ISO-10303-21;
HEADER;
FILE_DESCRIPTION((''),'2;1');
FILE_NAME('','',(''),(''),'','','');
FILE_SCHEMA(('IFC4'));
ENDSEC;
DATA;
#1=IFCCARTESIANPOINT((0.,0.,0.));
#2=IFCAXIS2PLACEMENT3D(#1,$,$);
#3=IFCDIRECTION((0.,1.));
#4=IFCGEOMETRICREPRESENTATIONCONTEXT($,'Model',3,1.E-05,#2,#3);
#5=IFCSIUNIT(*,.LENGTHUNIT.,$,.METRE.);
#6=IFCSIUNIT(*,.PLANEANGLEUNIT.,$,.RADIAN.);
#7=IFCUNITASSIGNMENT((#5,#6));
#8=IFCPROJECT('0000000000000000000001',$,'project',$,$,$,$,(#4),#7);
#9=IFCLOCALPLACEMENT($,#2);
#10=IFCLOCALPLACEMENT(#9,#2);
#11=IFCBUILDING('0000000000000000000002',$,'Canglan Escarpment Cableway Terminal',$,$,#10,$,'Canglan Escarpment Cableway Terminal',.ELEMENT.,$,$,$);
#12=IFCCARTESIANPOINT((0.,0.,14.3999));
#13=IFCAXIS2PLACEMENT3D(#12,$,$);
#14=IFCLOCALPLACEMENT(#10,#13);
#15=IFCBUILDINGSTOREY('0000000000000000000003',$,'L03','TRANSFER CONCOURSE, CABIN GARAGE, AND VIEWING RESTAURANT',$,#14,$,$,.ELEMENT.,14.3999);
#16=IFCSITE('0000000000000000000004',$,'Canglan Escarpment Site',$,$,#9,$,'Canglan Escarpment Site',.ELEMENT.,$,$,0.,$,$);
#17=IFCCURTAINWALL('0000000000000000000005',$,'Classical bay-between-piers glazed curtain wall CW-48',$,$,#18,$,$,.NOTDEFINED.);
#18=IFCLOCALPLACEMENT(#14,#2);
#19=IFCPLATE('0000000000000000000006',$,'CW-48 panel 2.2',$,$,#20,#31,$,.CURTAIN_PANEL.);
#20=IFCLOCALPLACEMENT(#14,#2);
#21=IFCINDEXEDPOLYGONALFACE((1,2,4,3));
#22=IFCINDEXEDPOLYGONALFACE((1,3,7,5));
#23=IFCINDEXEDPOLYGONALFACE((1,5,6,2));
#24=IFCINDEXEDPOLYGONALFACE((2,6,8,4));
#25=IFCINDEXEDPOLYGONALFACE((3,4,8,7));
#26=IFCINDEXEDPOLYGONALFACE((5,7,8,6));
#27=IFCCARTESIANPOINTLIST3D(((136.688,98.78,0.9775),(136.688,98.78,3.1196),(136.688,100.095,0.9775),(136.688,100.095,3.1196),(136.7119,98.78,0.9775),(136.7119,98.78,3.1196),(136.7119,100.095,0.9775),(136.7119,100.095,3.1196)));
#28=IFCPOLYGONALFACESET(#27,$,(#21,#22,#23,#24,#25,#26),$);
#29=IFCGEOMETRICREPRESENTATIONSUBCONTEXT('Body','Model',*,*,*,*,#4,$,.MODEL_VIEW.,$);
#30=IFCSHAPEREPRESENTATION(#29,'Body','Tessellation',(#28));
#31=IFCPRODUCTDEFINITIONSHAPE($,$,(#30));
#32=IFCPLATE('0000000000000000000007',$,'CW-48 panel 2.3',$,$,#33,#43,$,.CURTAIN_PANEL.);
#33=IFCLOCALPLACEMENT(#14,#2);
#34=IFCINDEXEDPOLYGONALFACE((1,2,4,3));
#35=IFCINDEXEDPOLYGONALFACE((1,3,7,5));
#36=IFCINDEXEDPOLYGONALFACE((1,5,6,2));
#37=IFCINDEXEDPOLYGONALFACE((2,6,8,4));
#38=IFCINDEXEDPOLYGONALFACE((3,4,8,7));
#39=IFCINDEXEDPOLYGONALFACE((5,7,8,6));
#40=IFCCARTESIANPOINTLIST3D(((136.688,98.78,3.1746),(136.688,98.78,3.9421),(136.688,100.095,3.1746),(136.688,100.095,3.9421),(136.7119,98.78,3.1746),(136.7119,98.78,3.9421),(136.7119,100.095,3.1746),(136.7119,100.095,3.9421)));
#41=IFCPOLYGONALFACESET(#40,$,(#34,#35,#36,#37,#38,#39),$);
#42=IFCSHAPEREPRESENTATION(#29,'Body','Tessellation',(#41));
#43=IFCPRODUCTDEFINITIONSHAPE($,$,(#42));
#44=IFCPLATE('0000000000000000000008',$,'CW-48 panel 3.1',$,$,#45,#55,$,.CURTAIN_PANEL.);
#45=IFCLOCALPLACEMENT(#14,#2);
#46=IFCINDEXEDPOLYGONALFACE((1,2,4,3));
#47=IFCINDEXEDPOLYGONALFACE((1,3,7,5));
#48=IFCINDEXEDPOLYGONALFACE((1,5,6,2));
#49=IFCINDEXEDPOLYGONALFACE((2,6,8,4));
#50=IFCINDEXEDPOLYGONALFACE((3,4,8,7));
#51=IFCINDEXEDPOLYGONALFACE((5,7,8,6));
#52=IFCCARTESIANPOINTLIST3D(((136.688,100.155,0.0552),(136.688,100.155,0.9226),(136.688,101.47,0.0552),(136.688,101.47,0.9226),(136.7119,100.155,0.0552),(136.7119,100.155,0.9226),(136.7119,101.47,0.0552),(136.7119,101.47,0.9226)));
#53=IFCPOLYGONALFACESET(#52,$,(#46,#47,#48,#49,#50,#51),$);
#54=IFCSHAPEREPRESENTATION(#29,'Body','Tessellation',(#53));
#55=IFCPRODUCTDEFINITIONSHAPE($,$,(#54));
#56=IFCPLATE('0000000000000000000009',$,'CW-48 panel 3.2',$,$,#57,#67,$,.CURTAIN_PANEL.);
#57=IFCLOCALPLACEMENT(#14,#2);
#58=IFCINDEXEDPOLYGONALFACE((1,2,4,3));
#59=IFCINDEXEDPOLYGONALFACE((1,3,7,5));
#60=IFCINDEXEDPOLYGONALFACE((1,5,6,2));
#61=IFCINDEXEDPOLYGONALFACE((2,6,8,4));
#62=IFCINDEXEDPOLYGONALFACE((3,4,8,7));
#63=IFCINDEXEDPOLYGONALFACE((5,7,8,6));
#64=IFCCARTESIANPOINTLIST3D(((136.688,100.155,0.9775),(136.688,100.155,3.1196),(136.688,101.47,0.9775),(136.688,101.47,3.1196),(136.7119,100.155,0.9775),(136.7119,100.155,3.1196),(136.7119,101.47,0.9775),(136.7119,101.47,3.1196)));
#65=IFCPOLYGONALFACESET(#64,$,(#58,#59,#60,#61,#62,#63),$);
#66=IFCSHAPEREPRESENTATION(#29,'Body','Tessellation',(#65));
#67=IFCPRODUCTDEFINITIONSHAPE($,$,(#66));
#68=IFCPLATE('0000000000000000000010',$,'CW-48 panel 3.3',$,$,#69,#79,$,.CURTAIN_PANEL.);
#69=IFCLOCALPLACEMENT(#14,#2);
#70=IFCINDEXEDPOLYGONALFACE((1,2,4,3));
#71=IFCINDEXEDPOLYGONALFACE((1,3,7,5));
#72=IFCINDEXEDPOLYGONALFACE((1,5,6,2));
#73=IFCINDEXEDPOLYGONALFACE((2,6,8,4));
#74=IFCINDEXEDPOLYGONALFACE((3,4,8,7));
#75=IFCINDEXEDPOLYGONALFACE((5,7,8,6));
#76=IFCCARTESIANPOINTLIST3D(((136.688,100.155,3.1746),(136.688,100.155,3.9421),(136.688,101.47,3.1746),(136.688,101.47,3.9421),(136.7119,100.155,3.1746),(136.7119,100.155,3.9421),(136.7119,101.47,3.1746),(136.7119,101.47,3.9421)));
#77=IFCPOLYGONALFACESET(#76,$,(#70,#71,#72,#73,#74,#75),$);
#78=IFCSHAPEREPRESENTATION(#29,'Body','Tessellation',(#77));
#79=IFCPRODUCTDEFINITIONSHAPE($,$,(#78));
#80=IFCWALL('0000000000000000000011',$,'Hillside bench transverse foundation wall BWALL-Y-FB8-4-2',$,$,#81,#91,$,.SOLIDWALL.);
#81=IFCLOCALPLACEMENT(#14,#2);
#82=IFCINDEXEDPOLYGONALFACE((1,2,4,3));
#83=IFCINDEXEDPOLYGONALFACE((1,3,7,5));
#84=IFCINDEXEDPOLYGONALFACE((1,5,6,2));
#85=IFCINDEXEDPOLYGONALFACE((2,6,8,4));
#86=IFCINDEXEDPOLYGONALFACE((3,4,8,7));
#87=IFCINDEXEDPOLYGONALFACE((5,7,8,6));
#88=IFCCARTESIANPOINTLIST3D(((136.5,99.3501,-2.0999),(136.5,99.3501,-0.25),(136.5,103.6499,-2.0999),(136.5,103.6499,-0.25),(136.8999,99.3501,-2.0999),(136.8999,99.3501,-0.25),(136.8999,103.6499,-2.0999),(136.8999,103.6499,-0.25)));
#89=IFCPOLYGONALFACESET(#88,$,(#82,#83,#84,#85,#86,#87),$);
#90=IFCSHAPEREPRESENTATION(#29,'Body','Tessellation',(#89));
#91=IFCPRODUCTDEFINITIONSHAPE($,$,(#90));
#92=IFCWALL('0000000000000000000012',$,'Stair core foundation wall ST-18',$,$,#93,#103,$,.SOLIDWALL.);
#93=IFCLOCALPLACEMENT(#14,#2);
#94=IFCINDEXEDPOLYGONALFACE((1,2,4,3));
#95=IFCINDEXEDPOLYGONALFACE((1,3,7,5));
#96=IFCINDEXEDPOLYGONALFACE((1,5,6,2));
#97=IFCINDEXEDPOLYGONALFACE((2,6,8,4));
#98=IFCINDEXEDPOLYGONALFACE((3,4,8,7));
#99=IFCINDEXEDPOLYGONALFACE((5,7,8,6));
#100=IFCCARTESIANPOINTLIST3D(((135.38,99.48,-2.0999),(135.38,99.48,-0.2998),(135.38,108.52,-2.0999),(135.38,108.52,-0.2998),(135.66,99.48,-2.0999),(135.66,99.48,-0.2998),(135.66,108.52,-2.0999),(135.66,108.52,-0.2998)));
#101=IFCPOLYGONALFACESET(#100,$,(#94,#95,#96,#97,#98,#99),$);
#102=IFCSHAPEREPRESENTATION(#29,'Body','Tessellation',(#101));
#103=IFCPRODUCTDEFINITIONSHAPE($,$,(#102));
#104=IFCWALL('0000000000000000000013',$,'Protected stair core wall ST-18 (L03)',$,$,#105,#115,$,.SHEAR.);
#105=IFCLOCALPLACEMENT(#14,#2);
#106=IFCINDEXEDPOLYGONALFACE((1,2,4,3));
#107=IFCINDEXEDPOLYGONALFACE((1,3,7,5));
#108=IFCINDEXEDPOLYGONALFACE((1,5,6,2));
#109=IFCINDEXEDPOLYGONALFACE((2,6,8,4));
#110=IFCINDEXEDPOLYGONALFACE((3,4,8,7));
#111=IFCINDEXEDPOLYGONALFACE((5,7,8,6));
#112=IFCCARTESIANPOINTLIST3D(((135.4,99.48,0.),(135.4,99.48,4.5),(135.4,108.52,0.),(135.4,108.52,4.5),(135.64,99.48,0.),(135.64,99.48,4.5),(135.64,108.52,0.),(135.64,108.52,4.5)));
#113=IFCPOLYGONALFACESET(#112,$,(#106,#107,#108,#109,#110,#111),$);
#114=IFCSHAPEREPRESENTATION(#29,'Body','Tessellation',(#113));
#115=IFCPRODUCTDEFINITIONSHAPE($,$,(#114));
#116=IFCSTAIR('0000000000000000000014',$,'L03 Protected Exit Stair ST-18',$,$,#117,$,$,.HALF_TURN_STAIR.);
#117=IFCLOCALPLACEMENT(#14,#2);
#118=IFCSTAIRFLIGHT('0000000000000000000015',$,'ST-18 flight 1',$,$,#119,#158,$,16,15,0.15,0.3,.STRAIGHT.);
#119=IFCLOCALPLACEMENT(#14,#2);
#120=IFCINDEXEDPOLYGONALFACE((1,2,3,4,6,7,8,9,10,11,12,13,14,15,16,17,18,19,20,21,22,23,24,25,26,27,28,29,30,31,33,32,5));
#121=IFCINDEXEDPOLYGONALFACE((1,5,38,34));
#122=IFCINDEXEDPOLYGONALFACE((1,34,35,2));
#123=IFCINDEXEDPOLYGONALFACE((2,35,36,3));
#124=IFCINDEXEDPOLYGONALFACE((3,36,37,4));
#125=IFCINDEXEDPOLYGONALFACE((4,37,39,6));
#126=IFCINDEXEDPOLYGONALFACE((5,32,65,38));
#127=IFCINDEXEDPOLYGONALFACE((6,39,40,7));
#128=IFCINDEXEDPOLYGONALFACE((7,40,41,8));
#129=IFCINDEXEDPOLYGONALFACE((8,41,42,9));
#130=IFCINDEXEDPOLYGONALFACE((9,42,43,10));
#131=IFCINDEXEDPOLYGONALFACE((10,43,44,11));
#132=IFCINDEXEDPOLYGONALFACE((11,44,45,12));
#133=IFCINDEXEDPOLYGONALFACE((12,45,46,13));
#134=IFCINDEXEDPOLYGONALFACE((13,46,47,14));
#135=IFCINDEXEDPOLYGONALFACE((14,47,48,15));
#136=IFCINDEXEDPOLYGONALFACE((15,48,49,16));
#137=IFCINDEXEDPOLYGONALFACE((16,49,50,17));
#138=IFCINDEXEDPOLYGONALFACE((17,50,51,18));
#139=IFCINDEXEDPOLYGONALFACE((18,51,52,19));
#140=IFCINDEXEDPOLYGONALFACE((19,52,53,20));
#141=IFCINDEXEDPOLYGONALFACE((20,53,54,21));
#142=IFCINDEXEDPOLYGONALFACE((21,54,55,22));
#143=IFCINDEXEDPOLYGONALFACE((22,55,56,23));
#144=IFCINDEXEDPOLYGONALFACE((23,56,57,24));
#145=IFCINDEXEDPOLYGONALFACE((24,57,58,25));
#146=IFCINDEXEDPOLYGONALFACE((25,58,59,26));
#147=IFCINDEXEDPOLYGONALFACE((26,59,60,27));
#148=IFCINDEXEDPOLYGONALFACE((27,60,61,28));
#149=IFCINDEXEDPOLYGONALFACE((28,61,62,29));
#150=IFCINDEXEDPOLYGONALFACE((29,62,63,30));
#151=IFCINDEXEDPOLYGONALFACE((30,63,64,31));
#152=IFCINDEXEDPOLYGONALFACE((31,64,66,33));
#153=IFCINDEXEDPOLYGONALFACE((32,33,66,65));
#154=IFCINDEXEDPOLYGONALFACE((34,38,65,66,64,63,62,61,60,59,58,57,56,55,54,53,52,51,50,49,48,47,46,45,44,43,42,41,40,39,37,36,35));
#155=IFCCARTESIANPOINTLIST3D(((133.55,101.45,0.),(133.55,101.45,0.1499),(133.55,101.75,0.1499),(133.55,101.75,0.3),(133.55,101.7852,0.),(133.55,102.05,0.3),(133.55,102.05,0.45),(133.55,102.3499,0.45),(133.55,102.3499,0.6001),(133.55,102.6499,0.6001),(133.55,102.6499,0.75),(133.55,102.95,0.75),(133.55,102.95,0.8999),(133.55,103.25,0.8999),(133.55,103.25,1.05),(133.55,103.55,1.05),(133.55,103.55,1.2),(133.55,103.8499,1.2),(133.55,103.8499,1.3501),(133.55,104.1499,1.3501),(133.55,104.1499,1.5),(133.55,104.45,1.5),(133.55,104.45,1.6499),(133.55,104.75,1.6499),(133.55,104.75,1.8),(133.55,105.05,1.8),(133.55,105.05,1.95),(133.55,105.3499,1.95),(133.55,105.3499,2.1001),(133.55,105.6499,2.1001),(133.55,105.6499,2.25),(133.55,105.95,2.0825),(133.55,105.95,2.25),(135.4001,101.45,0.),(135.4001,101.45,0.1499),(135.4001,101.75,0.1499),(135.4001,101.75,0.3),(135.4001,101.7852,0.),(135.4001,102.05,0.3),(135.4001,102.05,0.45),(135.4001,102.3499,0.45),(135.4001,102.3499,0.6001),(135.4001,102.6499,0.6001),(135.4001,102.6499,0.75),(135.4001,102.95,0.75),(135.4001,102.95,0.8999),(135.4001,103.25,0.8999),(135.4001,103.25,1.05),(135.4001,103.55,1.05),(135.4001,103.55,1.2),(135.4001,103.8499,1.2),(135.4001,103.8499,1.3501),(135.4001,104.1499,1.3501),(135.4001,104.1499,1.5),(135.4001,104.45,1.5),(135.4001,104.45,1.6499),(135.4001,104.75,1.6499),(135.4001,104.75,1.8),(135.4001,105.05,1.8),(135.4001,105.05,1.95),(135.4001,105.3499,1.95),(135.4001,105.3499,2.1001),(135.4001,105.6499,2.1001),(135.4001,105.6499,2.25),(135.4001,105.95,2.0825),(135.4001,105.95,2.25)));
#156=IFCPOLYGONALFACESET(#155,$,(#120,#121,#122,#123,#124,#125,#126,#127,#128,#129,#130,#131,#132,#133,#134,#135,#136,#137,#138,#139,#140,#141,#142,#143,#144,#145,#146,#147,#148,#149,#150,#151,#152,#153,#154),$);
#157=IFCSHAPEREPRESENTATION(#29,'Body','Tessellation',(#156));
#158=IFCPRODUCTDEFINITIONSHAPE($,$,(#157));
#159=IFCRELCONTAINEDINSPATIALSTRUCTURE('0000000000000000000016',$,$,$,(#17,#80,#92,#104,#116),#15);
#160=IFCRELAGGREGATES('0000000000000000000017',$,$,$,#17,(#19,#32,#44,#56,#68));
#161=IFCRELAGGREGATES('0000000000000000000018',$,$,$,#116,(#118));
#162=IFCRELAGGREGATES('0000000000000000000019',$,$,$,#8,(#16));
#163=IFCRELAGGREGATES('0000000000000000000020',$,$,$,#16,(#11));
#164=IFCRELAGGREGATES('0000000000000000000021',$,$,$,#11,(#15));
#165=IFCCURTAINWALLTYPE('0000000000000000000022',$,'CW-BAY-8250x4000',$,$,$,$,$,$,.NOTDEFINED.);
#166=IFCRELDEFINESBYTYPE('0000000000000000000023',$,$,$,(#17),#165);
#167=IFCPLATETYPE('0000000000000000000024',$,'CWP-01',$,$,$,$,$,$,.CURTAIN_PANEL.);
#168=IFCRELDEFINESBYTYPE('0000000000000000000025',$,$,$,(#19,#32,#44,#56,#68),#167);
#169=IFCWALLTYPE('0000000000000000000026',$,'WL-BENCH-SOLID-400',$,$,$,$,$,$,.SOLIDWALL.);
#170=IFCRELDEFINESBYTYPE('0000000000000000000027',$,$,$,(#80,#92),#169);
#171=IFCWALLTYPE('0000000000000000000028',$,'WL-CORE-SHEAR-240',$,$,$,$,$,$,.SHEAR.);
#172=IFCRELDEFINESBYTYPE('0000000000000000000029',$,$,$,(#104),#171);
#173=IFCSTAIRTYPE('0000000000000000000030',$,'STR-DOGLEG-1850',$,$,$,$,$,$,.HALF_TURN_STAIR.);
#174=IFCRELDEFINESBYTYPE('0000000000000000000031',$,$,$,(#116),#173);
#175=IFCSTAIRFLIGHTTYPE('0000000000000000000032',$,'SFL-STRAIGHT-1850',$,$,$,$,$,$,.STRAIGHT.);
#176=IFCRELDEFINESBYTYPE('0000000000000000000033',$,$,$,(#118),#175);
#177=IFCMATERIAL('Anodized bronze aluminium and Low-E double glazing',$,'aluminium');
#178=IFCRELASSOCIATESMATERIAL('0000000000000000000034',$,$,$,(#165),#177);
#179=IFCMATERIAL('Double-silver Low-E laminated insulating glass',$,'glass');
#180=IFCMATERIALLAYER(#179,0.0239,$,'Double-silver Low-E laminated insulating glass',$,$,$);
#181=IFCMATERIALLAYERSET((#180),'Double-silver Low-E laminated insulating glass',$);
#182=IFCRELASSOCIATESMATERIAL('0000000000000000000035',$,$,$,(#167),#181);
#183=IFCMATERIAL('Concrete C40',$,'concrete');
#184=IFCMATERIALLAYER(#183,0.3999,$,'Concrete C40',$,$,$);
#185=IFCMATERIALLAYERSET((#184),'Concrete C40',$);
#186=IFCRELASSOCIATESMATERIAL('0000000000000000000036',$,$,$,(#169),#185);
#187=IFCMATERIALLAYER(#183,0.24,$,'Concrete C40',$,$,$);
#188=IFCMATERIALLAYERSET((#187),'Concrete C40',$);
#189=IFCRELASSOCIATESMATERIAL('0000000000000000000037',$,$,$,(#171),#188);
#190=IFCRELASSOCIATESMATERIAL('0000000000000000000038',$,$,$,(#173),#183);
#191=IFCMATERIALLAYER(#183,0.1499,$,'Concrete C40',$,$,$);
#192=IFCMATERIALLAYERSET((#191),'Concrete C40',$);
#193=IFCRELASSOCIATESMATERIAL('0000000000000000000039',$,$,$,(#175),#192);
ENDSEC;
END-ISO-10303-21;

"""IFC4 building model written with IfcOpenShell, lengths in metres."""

from ifc_helpers import new_model, si_unit, direction, frame, frame_2d, origin, origin_2d, place, context, subcontext, project, spatial, polyline, rectangle, outline, extrude, material, layer, layer_set, type_object, element, aggregate, save


model = new_model("IFC4")

# Units and contexts
model_context = context("Model", 3, precision=1e-05, world=origin(), true_north=direction((0.0, 1.0)))
body_context = subcontext(model_context, "Body", "Model", "MODEL_VIEW")
ifc_project = project(units=[si_unit("LENGTHUNIT", "METRE"), si_unit("PLANEANGLEUNIT", "RADIAN")], contexts=[model_context])

# Site, building, storey
site_placement = place(None, origin())
site = spatial("IfcSite", under=ifc_project, at=site_placement, Name="Canglan Escarpment Site", LongName="Canglan Escarpment Site", CompositionType="ELEMENT", RefElevation=0.0)
building_placement = place(site_placement, origin())
building = spatial("IfcBuilding", under=site, at=building_placement, Name="Canglan Escarpment Cableway Terminal", LongName="Canglan Escarpment Cableway Terminal", CompositionType="ELEMENT")
storey_placement = place(building_placement, frame((0.0, 0.0, 14.3999)))
storey = spatial("IfcBuildingStorey", under=building, at=storey_placement, Name="L03", Description="TRANSFER CONCOURSE, CABIN GARAGE, AND VIEWING RESTAURANT", CompositionType="ELEMENT", Elevation=14.3999)

# Shared definitions
ifc_material_1 = material(Name="Concrete C40", Category="concrete")

# Curtain wall, plates
ifc_material_2 = material(Name="Anodized bronze aluminium and Low-E double glazing", Category="aluminium")
curtain_wall_type = type_object("IfcCurtainWallType", Name="CW-BAY-8250x4000", PredefinedType="NOTDEFINED", material=ifc_material_2)
curtain_wall_placement = place(storey_placement, origin())
curtain_wall = element("IfcCurtainWall", 1, at=curtain_wall_placement, inside=storey, type_object=curtain_wall_type, Name="Classical bay-between-piers glazed curtain wall CW-48", PredefinedType="NOTDEFINED")
ifc_material_3 = material(Name="Double-silver Low-E laminated insulating glass", Category="glass")
ifc_layer_1 = layer(ifc_material_3, 0.0239, Name="Double-silver Low-E laminated insulating glass")
ifc_layer_set_1 = layer_set([ifc_layer_1], Name="Double-silver Low-E laminated insulating glass")
plate_type = type_object("IfcPlateType", Name="CWP-01", PredefinedType="CURTAIN_PANEL", material=ifc_layer_set_1)
plate_1_placement = place(storey_placement, frame((136.7, 99.4375, 0.9775), z_axis=(0.0, 0.0, 1.0), x_axis=(0.0, 1.0, 0.0)))
plate_1 = element("IfcPlate", 2, at=plate_1_placement, type_object=plate_type, Name="CW-48 panel 2.2", PredefinedType="CURTAIN_PANEL", context=body_context, shape_type="SweptSolid", body=[
    extrude(rectangle(XDim=1.3149, YDim=0.0239, at=origin_2d()), origin(), (0.0, 0.0, 1.0), 2.1421),
])
plate_2_placement = place(storey_placement, frame((136.7, 99.4375, 3.1746), z_axis=(0.0, 0.0, 1.0), x_axis=(0.0, 1.0, 0.0)))
plate_2 = element("IfcPlate", 3, at=plate_2_placement, type_object=plate_type, Name="CW-48 panel 2.3", PredefinedType="CURTAIN_PANEL", context=body_context, shape_type="SweptSolid", body=[
    extrude(rectangle(XDim=1.3149, YDim=0.0239, at=origin_2d()), origin(), (0.0, 0.0, 1.0), 0.7676),
])
plate_3_placement = place(storey_placement, frame((136.7, 100.8125, 0.0552), z_axis=(0.0, 0.0, 1.0), x_axis=(0.0, 1.0, 0.0)))
plate_3 = element("IfcPlate", 4, at=plate_3_placement, type_object=plate_type, Name="CW-48 panel 3.1", PredefinedType="CURTAIN_PANEL", context=body_context, shape_type="SweptSolid", body=[
    extrude(rectangle(XDim=1.3149, YDim=0.0239, at=origin_2d()), origin(), (0.0, 0.0, 1.0), 0.8674),
])
plate_4_placement = place(storey_placement, frame((136.7, 100.8125, 0.9775), z_axis=(0.0, 0.0, 1.0), x_axis=(0.0, 1.0, 0.0)))
plate_4 = element("IfcPlate", 5, at=plate_4_placement, type_object=plate_type, Name="CW-48 panel 3.2", PredefinedType="CURTAIN_PANEL", context=body_context, shape_type="SweptSolid", body=[
    extrude(rectangle(XDim=1.3149, YDim=0.0239, at=origin_2d()), origin(), (0.0, 0.0, 1.0), 2.1421),
])
plate_5_placement = place(storey_placement, frame((136.7, 100.8125, 3.1746), z_axis=(0.0, 0.0, 1.0), x_axis=(0.0, 1.0, 0.0)))
plate_5 = element("IfcPlate", 6, at=plate_5_placement, type_object=plate_type, Name="CW-48 panel 3.3", PredefinedType="CURTAIN_PANEL", context=body_context, shape_type="SweptSolid", body=[
    extrude(rectangle(XDim=1.3149, YDim=0.0239, at=origin_2d()), origin(), (0.0, 0.0, 1.0), 0.7676),
])
aggregate(curtain_wall, [plate_1, plate_2, plate_3, plate_4, plate_5])

# Walls
ifc_layer_2 = layer(ifc_material_1, 0.3999, Name="Concrete C40")
ifc_layer_set_2 = layer_set([ifc_layer_2], Name="Concrete C40")
wall_type_1 = type_object("IfcWallType", Name="WL-BENCH-SOLID-400", PredefinedType="SOLIDWALL", material=ifc_layer_set_2)
wall_1_placement = place(storey_placement, frame((136.7, 99.3501, -2.0999), z_axis=(0.0, 0.0, 1.0), x_axis=(0.0, 1.0, 0.0)))
element("IfcWall", 7, at=wall_1_placement, inside=storey, type_object=wall_type_1, Name="Hillside bench transverse foundation wall BWALL-Y-FB8-4-2", PredefinedType="SOLIDWALL", context=body_context, shape_type="SweptSolid", body=[
    extrude(rectangle(XDim=4.2998, YDim=0.3999, at=frame_2d((2.1499, 0.0))), origin(), (0.0, 0.0, 1.0), 1.8499),
])
wall_2_placement = place(storey_placement, frame((135.52, 99.48, -2.0999), z_axis=(0.0, 0.0, 1.0), x_axis=(0.0, 1.0, 0.0)))
element("IfcWall", 8, at=wall_2_placement, inside=storey, type_object=wall_type_1, Name="Stair core foundation wall ST-18", PredefinedType="SOLIDWALL", context=body_context, shape_type="SweptSolid", body=[
    extrude(rectangle(XDim=9.04, YDim=0.28, at=frame_2d((4.52, 0.0))), origin(), (0.0, 0.0, 1.0), 1.8),
])
ifc_layer_3 = layer(ifc_material_1, 0.24, Name="Concrete C40")
ifc_layer_set_3 = layer_set([ifc_layer_3], Name="Concrete C40")
wall_type_2 = type_object("IfcWallType", Name="WL-CORE-SHEAR-240", PredefinedType="SHEAR", material=ifc_layer_set_3)
wall_3_placement = place(storey_placement, frame((135.52, 99.48, 0.0), z_axis=(0.0, 0.0, 1.0), x_axis=(0.0, 1.0, 0.0)))
element("IfcWall", 9, at=wall_3_placement, inside=storey, type_object=wall_type_2, Name="Protected stair core wall ST-18 (L03)", PredefinedType="SHEAR", context=body_context, shape_type="SweptSolid", body=[
    extrude(rectangle(XDim=9.04, YDim=0.24, at=frame_2d((4.52, 0.0))), origin(), (0.0, 0.0, 1.0), 4.5),
])

# Stair, stair flight
stair_type = type_object("IfcStairType", Name="STR-DOGLEG-1850", PredefinedType="HALF_TURN_STAIR", material=ifc_material_1)
stair_placement = place(storey_placement, origin())
stair = element("IfcStair", 10, at=stair_placement, inside=storey, type_object=stair_type, Name="L03 Protected Exit Stair ST-18", PredefinedType="HALF_TURN_STAIR")
ifc_layer_4 = layer(ifc_material_1, 0.1499, Name="Concrete C40")
ifc_layer_set_4 = layer_set([ifc_layer_4], Name="Concrete C40")
stair_flight_type = type_object("IfcStairFlightType", Name="SFL-STRAIGHT-1850", PredefinedType="STRAIGHT", material=ifc_layer_set_4)
stair_flight_placement = place(storey_placement, frame((134.4751, 101.45, 0.0), z_axis=(0.0, 0.0, 1.0), x_axis=(0.0, 1.0, 0.0)))
stair_flight = element("IfcStairFlight", 11, at=stair_flight_placement, type_object=stair_flight_type, Name="ST-18 flight 1", NumberOfRisers=16, NumberOfTreads=15, PredefinedType="STRAIGHT", RiserHeight=0.15, TreadLength=0.3, context=body_context, shape_type="SweptSolid", body=[
    extrude(outline(polyline([(0.0, 0.0), (0.0, 0.1499), (0.3, 0.1499), (0.3, 0.3), (0.6001, 0.3), (0.6001, 0.45), (0.8999, 0.45), (0.8999, 0.6001), (1.2, 0.6001), (1.2, 0.75), (1.5, 0.75), (1.5, 0.8999), (1.8, 0.8999), (1.8, 1.05), (2.1001, 1.05), (2.1001, 1.2), (2.3999, 1.2), (2.3999, 1.3501), (2.7, 1.3501), (2.7, 1.5), (3.0, 1.5), (3.0, 1.6499), (3.3, 1.6499), (3.3, 1.8), (3.6001, 1.8), (3.6001, 1.95), (3.8999, 1.95), (3.8999, 2.1001), (4.2, 2.1001), (4.2, 2.25), (4.5, 2.25), (4.5, 2.3999), (4.5, 2.0825), (0.3352, 0.0), (0.0, 0.0)])), frame((0.0, 0.925, 0.0), z_axis=(0.0, -1.0, 0.0), x_axis=(1.0, 0.0, 0.0)), (0.0, 0.0, 1.0), 1.8501),
])
aggregate(stair, [stair_flight])

save(model, "model.ifc")
